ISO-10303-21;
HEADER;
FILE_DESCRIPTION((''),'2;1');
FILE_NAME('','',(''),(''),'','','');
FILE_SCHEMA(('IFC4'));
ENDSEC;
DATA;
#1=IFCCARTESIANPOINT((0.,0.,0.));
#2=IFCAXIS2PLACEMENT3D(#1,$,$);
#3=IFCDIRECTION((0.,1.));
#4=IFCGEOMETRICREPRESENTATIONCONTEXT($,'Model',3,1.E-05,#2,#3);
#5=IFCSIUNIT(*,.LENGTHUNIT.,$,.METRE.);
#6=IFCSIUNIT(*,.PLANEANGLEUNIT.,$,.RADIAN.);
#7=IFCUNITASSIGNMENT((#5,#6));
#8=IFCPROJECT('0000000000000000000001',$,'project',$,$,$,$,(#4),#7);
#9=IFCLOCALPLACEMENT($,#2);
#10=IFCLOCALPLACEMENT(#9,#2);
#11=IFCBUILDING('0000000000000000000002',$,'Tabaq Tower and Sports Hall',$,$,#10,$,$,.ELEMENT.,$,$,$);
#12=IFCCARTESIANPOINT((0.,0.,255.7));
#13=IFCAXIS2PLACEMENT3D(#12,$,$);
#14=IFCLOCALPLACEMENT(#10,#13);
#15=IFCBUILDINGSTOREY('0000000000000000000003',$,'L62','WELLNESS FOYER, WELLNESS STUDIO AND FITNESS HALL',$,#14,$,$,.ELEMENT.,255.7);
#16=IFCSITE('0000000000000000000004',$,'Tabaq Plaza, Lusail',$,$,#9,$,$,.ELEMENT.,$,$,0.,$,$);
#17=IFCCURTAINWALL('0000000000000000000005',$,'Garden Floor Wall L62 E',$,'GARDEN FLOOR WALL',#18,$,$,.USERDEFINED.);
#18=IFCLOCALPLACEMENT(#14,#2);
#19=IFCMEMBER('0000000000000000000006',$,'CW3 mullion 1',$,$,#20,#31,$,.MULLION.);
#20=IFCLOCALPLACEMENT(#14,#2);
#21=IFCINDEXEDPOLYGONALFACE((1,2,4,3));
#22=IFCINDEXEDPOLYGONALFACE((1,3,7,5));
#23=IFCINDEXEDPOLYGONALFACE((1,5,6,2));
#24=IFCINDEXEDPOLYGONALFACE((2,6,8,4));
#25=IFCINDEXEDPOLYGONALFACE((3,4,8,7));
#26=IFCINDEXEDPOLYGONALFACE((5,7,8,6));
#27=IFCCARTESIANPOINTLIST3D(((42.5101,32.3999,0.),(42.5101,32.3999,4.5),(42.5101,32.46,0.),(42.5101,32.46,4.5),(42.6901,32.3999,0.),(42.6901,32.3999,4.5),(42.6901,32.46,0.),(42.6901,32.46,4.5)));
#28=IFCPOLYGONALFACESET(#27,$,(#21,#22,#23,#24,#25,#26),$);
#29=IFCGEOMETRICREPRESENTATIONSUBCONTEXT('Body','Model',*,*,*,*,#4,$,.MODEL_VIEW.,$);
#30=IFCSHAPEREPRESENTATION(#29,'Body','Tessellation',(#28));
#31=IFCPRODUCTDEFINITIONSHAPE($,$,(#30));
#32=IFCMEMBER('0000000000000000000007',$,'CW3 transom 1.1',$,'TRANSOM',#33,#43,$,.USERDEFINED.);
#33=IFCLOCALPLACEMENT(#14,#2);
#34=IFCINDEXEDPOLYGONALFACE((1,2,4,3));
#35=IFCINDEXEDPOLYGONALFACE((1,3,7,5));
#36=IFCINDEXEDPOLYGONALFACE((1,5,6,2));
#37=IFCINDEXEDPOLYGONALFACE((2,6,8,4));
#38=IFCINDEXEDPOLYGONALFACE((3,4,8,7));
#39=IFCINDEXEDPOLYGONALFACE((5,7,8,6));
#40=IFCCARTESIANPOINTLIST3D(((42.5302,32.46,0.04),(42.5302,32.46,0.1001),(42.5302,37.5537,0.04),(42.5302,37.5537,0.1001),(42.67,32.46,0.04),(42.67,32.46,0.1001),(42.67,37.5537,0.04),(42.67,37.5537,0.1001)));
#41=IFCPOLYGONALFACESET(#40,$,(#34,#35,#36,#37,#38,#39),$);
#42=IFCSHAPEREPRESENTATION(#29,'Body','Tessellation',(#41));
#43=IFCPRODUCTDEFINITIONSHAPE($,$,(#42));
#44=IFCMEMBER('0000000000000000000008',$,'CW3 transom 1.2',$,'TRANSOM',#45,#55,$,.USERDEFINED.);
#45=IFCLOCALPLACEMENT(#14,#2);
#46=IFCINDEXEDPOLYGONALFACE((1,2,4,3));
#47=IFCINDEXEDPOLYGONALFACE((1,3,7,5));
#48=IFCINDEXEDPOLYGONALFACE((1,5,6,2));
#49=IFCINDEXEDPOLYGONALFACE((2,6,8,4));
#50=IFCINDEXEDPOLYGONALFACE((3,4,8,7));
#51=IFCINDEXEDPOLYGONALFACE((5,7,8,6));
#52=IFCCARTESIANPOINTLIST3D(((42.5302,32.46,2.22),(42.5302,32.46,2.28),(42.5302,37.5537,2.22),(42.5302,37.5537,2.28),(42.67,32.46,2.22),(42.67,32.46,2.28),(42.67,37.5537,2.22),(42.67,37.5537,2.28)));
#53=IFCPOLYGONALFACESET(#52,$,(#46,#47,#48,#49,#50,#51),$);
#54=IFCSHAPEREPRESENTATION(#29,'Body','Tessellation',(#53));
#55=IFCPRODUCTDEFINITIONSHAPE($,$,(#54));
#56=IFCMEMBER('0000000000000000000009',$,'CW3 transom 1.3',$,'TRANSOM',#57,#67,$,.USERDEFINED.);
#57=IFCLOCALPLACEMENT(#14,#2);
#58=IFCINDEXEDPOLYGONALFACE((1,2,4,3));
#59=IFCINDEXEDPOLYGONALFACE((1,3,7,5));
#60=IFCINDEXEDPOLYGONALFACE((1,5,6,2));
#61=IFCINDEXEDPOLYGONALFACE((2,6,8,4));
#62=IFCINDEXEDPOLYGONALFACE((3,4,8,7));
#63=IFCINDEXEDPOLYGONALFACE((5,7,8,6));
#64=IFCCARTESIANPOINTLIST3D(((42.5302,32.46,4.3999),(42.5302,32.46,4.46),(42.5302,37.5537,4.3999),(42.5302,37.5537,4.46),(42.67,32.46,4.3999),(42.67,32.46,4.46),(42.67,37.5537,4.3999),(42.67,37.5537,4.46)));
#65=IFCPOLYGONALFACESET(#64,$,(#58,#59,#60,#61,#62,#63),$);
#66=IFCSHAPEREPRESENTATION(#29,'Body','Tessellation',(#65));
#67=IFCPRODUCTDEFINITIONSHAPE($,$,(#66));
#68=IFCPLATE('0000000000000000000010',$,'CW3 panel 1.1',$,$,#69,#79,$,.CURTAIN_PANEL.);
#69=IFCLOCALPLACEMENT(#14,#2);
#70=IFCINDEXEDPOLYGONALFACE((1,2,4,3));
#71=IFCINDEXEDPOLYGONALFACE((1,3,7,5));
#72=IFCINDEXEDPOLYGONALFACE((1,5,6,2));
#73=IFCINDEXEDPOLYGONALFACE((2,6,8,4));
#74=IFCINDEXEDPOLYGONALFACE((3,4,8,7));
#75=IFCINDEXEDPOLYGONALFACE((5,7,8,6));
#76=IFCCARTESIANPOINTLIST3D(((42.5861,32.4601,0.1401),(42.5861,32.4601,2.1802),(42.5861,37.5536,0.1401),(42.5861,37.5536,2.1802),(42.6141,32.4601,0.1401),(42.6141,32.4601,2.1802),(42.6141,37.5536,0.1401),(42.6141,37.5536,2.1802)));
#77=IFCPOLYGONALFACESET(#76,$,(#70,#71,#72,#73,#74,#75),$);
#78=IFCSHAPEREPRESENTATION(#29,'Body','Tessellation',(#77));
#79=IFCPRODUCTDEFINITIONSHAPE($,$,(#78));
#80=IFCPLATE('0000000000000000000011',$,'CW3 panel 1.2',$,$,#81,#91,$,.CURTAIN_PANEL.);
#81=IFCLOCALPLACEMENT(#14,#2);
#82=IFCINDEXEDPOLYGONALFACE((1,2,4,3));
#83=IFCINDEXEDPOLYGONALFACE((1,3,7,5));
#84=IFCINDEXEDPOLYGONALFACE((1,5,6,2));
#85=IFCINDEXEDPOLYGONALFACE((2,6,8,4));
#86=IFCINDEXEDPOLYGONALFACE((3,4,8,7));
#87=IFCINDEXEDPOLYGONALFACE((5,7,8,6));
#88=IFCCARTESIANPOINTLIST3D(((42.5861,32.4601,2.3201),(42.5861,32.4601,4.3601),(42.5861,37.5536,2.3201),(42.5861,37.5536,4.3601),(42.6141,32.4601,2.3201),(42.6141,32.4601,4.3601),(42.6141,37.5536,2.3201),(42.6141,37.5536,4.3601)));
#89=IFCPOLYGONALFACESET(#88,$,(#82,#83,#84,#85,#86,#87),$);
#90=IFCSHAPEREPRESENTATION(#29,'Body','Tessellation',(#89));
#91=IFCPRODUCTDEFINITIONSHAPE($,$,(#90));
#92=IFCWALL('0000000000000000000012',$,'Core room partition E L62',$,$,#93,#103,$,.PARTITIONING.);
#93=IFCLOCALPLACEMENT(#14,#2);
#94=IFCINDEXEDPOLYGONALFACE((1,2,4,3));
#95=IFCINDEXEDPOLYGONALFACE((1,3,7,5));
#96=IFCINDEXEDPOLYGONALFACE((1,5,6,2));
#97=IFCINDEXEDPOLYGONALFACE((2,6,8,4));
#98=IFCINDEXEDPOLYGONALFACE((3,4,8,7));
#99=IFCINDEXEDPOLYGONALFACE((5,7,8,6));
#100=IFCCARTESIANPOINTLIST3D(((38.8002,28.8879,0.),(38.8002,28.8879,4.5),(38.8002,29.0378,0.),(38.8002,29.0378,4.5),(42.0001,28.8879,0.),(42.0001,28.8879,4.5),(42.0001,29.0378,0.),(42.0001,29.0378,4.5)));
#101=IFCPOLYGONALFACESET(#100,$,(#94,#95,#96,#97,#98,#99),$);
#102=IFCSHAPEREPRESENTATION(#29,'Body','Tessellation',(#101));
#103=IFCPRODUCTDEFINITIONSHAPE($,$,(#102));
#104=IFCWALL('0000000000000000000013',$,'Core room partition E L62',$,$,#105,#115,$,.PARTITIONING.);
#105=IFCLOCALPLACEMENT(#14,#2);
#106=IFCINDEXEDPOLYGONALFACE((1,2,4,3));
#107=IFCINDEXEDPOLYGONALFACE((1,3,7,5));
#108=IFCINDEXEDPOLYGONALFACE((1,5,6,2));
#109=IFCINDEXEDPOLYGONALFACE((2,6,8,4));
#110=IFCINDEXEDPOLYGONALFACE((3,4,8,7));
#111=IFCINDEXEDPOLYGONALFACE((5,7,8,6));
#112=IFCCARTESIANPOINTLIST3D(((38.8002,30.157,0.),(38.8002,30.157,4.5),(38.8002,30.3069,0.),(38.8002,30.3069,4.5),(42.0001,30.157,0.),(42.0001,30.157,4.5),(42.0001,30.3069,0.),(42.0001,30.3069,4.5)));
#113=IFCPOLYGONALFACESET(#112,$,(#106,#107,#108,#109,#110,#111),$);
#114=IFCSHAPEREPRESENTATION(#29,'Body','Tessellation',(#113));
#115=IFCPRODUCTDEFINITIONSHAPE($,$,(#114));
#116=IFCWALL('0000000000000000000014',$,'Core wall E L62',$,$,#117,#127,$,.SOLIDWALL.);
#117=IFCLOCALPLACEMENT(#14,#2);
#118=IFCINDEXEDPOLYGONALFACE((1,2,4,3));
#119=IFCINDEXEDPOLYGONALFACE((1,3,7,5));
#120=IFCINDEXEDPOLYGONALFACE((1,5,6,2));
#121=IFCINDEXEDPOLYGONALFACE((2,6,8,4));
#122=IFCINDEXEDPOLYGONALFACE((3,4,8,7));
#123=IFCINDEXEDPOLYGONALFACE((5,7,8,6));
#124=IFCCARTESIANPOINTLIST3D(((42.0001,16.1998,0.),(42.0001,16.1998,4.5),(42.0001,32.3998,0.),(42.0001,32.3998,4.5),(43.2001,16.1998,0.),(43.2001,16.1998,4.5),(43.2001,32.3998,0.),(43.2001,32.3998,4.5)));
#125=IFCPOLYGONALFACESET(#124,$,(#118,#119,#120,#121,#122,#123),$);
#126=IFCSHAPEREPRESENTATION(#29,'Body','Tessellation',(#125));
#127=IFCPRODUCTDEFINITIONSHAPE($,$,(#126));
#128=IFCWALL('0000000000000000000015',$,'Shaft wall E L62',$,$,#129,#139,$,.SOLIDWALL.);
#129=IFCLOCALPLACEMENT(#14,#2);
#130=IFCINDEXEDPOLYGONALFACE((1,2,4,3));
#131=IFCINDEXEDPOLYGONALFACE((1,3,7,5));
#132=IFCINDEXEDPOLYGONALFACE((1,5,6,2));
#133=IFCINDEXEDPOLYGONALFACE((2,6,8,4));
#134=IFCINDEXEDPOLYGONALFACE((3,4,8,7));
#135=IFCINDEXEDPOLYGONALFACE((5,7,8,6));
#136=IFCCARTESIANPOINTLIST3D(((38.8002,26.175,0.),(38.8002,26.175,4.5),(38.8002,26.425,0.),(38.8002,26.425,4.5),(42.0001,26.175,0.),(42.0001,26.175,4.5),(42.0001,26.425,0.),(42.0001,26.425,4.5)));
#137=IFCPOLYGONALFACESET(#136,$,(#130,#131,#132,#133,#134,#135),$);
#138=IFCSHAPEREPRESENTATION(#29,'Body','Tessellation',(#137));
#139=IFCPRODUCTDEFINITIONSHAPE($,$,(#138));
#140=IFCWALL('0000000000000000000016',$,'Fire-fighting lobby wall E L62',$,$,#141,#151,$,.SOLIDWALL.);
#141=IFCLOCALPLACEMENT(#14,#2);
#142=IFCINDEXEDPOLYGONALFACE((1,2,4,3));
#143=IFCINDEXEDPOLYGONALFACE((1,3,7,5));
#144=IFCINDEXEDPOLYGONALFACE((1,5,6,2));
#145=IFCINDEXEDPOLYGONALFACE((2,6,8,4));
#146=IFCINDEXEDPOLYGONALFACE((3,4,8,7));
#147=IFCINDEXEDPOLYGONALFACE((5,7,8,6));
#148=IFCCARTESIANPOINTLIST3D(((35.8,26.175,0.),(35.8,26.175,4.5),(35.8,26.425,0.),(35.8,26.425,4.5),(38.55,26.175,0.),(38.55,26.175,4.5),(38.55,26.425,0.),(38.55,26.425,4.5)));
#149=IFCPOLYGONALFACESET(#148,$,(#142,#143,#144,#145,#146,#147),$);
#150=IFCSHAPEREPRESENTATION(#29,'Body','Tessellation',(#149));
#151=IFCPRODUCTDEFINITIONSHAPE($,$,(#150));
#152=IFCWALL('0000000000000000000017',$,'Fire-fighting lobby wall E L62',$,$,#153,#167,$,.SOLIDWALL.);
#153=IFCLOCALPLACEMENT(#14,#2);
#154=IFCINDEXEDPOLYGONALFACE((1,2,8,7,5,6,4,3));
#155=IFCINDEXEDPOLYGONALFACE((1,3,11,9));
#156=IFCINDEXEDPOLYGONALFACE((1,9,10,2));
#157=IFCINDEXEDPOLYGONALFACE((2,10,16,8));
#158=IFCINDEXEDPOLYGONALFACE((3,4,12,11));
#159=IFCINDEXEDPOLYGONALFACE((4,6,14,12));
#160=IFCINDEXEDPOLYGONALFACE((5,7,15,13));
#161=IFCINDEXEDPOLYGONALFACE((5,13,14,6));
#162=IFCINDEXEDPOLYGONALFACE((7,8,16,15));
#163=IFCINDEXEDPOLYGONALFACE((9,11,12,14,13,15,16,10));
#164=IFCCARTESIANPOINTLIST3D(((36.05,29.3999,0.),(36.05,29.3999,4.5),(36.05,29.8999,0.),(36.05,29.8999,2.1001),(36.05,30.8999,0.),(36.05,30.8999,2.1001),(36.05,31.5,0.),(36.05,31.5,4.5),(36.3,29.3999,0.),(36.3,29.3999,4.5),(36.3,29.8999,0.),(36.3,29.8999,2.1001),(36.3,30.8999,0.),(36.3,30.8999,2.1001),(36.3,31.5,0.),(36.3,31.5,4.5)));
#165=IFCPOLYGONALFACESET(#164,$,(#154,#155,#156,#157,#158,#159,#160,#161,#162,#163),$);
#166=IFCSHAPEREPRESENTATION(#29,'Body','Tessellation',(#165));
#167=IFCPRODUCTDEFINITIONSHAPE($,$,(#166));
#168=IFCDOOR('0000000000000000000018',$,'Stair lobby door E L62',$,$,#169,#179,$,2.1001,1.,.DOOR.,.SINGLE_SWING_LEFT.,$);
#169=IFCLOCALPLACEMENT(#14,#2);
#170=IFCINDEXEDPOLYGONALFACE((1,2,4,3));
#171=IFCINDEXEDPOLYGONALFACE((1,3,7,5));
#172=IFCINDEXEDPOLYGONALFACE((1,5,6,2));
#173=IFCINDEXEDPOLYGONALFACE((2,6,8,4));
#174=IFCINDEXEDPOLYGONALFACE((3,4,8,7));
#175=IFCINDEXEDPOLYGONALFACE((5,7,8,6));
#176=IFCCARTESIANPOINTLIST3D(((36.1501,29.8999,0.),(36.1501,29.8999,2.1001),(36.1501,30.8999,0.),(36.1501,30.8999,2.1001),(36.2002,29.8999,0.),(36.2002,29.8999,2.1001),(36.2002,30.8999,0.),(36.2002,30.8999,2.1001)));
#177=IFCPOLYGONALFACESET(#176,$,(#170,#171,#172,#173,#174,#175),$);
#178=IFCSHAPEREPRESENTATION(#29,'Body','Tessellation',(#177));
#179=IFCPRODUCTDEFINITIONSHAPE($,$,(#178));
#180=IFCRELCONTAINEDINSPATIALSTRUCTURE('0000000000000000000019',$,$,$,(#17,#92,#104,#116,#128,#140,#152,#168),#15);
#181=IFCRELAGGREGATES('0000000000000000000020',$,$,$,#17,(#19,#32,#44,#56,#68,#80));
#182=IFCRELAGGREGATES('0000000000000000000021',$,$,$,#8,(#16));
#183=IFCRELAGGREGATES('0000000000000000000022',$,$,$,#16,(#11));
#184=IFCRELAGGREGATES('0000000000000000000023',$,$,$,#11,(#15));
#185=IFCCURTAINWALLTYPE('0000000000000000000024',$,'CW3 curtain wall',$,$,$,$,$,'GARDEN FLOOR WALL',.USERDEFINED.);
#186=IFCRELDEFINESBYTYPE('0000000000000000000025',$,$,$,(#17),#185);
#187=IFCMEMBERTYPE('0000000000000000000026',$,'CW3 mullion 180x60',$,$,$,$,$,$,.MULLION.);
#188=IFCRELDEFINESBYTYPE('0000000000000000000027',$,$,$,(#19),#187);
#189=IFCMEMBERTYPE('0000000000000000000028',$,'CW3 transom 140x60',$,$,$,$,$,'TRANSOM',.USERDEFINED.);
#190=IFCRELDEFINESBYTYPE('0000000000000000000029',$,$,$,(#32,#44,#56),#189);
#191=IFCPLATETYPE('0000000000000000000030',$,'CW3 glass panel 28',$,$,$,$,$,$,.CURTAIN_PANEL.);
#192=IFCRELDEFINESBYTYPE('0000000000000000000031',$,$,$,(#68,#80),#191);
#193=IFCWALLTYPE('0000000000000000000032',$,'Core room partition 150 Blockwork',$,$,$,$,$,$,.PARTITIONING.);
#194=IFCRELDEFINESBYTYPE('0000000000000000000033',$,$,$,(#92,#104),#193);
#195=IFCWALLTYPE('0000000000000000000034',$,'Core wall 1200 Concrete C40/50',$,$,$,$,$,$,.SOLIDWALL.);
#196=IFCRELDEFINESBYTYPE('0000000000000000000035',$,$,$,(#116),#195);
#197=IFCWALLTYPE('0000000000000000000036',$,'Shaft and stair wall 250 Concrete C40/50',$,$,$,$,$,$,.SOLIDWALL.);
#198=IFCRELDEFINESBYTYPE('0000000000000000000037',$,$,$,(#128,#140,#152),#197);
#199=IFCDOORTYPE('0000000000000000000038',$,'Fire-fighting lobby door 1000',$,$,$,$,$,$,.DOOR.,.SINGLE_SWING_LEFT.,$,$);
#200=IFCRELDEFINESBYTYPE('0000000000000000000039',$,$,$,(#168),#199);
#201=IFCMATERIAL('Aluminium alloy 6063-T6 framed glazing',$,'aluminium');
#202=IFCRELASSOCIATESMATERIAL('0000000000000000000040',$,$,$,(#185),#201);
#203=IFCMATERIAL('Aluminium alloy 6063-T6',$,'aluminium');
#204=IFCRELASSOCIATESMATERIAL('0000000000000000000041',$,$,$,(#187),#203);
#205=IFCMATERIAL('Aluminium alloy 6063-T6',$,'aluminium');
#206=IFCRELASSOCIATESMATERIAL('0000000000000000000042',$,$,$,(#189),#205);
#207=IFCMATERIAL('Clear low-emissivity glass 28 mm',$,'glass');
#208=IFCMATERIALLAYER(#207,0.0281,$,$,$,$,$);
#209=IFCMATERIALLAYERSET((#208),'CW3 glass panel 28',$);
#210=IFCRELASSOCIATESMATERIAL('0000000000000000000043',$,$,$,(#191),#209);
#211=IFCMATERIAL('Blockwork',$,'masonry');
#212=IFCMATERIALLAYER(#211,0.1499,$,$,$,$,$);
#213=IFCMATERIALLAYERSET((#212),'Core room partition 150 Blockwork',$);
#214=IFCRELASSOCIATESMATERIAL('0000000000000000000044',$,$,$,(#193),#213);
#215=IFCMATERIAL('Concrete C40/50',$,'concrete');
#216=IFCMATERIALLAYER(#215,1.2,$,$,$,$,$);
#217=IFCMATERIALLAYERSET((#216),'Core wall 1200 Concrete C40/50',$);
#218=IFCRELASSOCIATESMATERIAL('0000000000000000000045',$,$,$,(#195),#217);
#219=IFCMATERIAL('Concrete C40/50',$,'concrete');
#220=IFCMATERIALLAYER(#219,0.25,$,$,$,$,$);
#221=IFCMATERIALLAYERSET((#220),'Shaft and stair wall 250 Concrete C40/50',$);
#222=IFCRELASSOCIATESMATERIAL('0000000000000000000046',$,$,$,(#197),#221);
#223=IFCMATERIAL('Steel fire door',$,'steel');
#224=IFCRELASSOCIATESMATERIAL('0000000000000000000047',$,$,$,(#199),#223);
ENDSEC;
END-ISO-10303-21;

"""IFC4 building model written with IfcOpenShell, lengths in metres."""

from ifc_helpers import new_model, si_unit, direction, frame, frame_2d, origin, origin_2d, place, context, subcontext, project, spatial, rectangle, extrude, material, layer, layer_set, material_profile, profile_set, type_object, element, fill, aggregate, save


model = new_model("IFC4")

# Units and contexts
model_context = context("Model", 3, precision=1e-05, world=origin(), true_north=direction((0.0, 1.0)))
body_context = subcontext(model_context, "Body", "Model", "MODEL_VIEW")
ifc_project = project(units=[si_unit("LENGTHUNIT", "METRE"), si_unit("PLANEANGLEUNIT", "RADIAN")], contexts=[model_context])

# Site, building, storey
site_placement = place(None, origin())
site = spatial("IfcSite", under=ifc_project, at=site_placement, Name="Tabaq Plaza, Lusail", CompositionType="ELEMENT", RefElevation=0.0)
building_placement = place(site_placement, origin())
building = spatial("IfcBuilding", under=site, at=building_placement, Name="Tabaq Tower and Sports Hall", CompositionType="ELEMENT")
storey_placement = place(building_placement, frame((0.0, 0.0, 255.7)))
storey = spatial("IfcBuildingStorey", under=building, at=storey_placement, Name="L62", Description="WELLNESS FOYER, WELLNESS STUDIO AND FITNESS HALL", CompositionType="ELEMENT", Elevation=255.7)

# Curtain wall, members, plates
ifc_material_1 = material(Name="Aluminium alloy 6063-T6 framed glazing", Category="aluminium")
curtain_wall_type = type_object("IfcCurtainWallType", Name="CW3 curtain wall", ElementType="GARDEN FLOOR WALL", PredefinedType="USERDEFINED", material=ifc_material_1)
curtain_wall_placement = place(storey_placement, origin())
curtain_wall = element("IfcCurtainWall", 1, at=curtain_wall_placement, inside=storey, type_object=curtain_wall_type, Name="Garden Floor Wall L62 E", ObjectType="GARDEN FLOOR WALL", PredefinedType="USERDEFINED")
ifc_material_2 = material(Name="Aluminium alloy 6063-T6", Category="aluminium")
ifc_material_profile_1 = material_profile(ifc_material_2, rectangle(XDim=0.1799, YDim=0.0601, at=origin_2d()), Name="MULLION 180x60")
ifc_profile_set_1 = profile_set([ifc_material_profile_1], Name="Aluminium alloy 6063-T6")
member_type_1 = type_object("IfcMemberType", Name="CW3 mullion 180x60", PredefinedType="MULLION", material=ifc_profile_set_1)
member_1_placement = place(storey_placement, frame((42.6001, 32.4299, 0.0), z_axis=(0.0, 0.0, 1.0), x_axis=(-1.0, 0.0, 0.0)))
member_1 = element("IfcMember", 2, at=member_1_placement, type_object=member_type_1, Name="CW3 mullion 1", PredefinedType="MULLION", context=body_context, shape_type="SweptSolid", body=[
    extrude(rectangle(XDim=0.1799, YDim=0.0601, at=origin_2d()), origin(), (0.0, 0.0, 1.0), 4.5),
])
ifc_material_3 = material(Name="Aluminium alloy 6063-T6", Category="aluminium")
ifc_material_profile_2 = material_profile(ifc_material_3, rectangle(XDim=0.1399, YDim=0.0601, at=origin_2d()), Name="TRANSOM 140x60")
ifc_profile_set_2 = profile_set([ifc_material_profile_2], Name="Aluminium alloy 6063-T6")
member_type_2 = type_object("IfcMemberType", Name="CW3 transom 140x60", ElementType="TRANSOM", PredefinedType="USERDEFINED", material=ifc_profile_set_2)
member_2_placement = place(storey_placement, frame((42.6001, 32.46, 0.0701), z_axis=(0.0, 1.0, 0.0), x_axis=(-1.0, 0.0, 0.0)))
member_2 = element("IfcMember", 3, at=member_2_placement, type_object=member_type_2, Name="CW3 transom 1.1", ObjectType="TRANSOM", PredefinedType="USERDEFINED", context=body_context, shape_type="SweptSolid", body=[
    extrude(rectangle(XDim=0.1399, YDim=0.0601, at=origin_2d()), origin(), (0.0, 0.0, 1.0), 5.0938),
])
member_3_placement = place(storey_placement, frame((42.6001, 32.46, 2.25), z_axis=(0.0, 1.0, 0.0), x_axis=(-1.0, 0.0, 0.0)))
member_3 = element("IfcMember", 4, at=member_3_placement, type_object=member_type_2, Name="CW3 transom 1.2", ObjectType="TRANSOM", PredefinedType="USERDEFINED", context=body_context, shape_type="SweptSolid", body=[
    extrude(rectangle(XDim=0.1399, YDim=0.0601, at=origin_2d()), origin(), (0.0, 0.0, 1.0), 5.0938),
])
member_4_placement = place(storey_placement, frame((42.6001, 32.46, 4.4299), z_axis=(0.0, 1.0, 0.0), x_axis=(-1.0, 0.0, 0.0)))
member_4 = element("IfcMember", 5, at=member_4_placement, type_object=member_type_2, Name="CW3 transom 1.3", ObjectType="TRANSOM", PredefinedType="USERDEFINED", context=body_context, shape_type="SweptSolid", body=[
    extrude(rectangle(XDim=0.1399, YDim=0.0601, at=origin_2d()), origin(), (0.0, 0.0, 1.0), 5.0938),
])
ifc_material_4 = material(Name="Clear low-emissivity glass 28 mm", Category="glass")
ifc_layer_1 = layer(ifc_material_4, 0.0281)
ifc_layer_set_1 = layer_set([ifc_layer_1], Name="CW3 glass panel 28")
plate_type = type_object("IfcPlateType", Name="CW3 glass panel 28", PredefinedType="CURTAIN_PANEL", material=ifc_layer_set_1)
plate_1_placement = place(storey_placement, frame((42.6001, 35.0068, 0.1401), z_axis=(0.0, 0.0, 1.0), x_axis=(0.0, 1.0, 0.0)))
plate_1 = element("IfcPlate", 6, at=plate_1_placement, type_object=plate_type, Name="CW3 panel 1.1", PredefinedType="CURTAIN_PANEL", context=body_context, shape_type="SweptSolid", body=[
    extrude(rectangle(XDim=5.0935, YDim=0.0281, at=origin_2d()), origin(), (0.0, 0.0, 1.0), 2.04),
])
plate_2_placement = place(storey_placement, frame((42.6001, 35.0068, 2.3201), z_axis=(0.0, 0.0, 1.0), x_axis=(0.0, 1.0, 0.0)))
plate_2 = element("IfcPlate", 7, at=plate_2_placement, type_object=plate_type, Name="CW3 panel 1.2", PredefinedType="CURTAIN_PANEL", context=body_context, shape_type="SweptSolid", body=[
    extrude(rectangle(XDim=5.0935, YDim=0.0281, at=origin_2d()), origin(), (0.0, 0.0, 1.0), 2.04),
])
aggregate(curtain_wall, [member_1, member_2, member_3, member_4, plate_1, plate_2])

# Walls
ifc_material_5 = material(Name="Blockwork", Category="masonry")
ifc_layer_2 = layer(ifc_material_5, 0.1499)
ifc_layer_set_2 = layer_set([ifc_layer_2], Name="Core room partition 150 Blockwork")
wall_type_1 = type_object("IfcWallType", Name="Core room partition 150 Blockwork", PredefinedType="PARTITIONING", material=ifc_layer_set_2)
for number, where, z_axis, x_axis, name in (
    (8, (38.8, 28.9629, 0.0), (0.0, 0.0, 1.0), (1.0, 0.0, 0.0), "Core room partition E L62"),
    (9, (38.8, 30.2319, 0.0), (0.0, 0.0, 1.0), (1.0, 0.0, 0.0), "Core room partition E L62"),
):
    element("IfcWall", number, at=place(storey_placement, frame(where, z_axis=z_axis, x_axis=x_axis)), inside=storey, type_object=wall_type_1, Name=name, PredefinedType="PARTITIONING", context=body_context, shape_type="SweptSolid", body=[
        extrude(rectangle(XDim=3.2, YDim=0.1499, at=frame_2d((1.6001, 0.0))), origin(), (0.0, 0.0, 1.0), 4.5),
    ])
ifc_material_6 = material(Name="Concrete C40/50", Category="concrete")
ifc_layer_3 = layer(ifc_material_6, 1.2)
ifc_layer_set_3 = layer_set([ifc_layer_3], Name="Core wall 1200 Concrete C40/50")
wall_type_2 = type_object("IfcWallType", Name="Core wall 1200 Concrete C40/50", PredefinedType="SOLIDWALL", material=ifc_layer_set_3)
wall_1_placement = place(storey_placement, frame((42.6001, 32.3999, 0.0), z_axis=(0.0, 0.0, 1.0), x_axis=(0.0, -1.0, 0.0)))
element("IfcWall", 10, at=wall_1_placement, inside=storey, type_object=wall_type_2, Name="Core wall E L62", PredefinedType="SOLIDWALL", context=body_context, shape_type="SweptSolid", body=[
    extrude(rectangle(XDim=16.2, YDim=1.2, at=frame_2d((8.1001, 0.0))), origin(), (0.0, 0.0, 1.0), 4.5),
])
ifc_material_7 = material(Name="Concrete C40/50", Category="concrete")
ifc_layer_4 = layer(ifc_material_7, 0.25)
ifc_layer_set_4 = layer_set([ifc_layer_4], Name="Shaft and stair wall 250 Concrete C40/50")
wall_type_3 = type_object("IfcWallType", Name="Shaft and stair wall 250 Concrete C40/50", PredefinedType="SOLIDWALL", material=ifc_layer_set_4)
wall_2_placement = place(storey_placement, frame((38.8, 26.3, 0.0), z_axis=(0.0, 0.0, 1.0), x_axis=(1.0, 0.0, 0.0)))
element("IfcWall", 11, at=wall_2_placement, inside=storey, type_object=wall_type_3, Name="Shaft wall E L62", PredefinedType="SOLIDWALL", context=body_context, shape_type="SweptSolid", body=[
    extrude(rectangle(XDim=3.2, YDim=0.25, at=frame_2d((1.6001, 0.0))), origin(), (0.0, 0.0, 1.0), 4.5),
])
wall_3_placement = place(storey_placement, frame((35.8, 26.3, 0.0), z_axis=(0.0, 0.0, 1.0), x_axis=(1.0, 0.0, 0.0)))
element("IfcWall", 12, at=wall_3_placement, inside=storey, type_object=wall_type_3, Name="Fire-fighting lobby wall E L62", PredefinedType="SOLIDWALL", context=body_context, shape_type="SweptSolid", body=[
    extrude(rectangle(XDim=2.75, YDim=0.25, at=frame_2d((1.375, 0.0))), origin(), (0.0, 0.0, 1.0), 4.5),
])

# Wall, opening, door
wall_4_placement = place(storey_placement, frame((36.175, 29.3999, 0.0), z_axis=(0.0, 0.0, 1.0), x_axis=(0.0, 1.0, 0.0)))
wall_4 = element("IfcWall", 13, at=wall_4_placement, inside=storey, type_object=wall_type_3, Name="Fire-fighting lobby wall E L62", PredefinedType="SOLIDWALL", context=body_context, shape_type="SweptSolid", body=[
    extrude(rectangle(XDim=2.1001, YDim=0.25, at=frame_2d((1.05, 0.0))), origin(), (0.0, 0.0, 1.0), 4.5),
])
opening_placement = place(wall_4_placement, frame((0.5, 0.0, 0.0)))
opening = element("IfcOpeningElement", 14, at=opening_placement, cuts=wall_4, PredefinedType="OPENING", context=body_context, shape_type="SweptSolid", body=[
    extrude(rectangle(XDim=1.0, YDim=2.1001, at=frame_2d((0.5, 1.05))), frame((0.0, 0.125, 0.0), z_axis=(0.0, -1.0, 0.0), x_axis=(1.0, 0.0, 0.0)), (0.0, 0.0, 1.0), 0.25),
])
ifc_material_8 = material(Name="Steel fire door", Category="steel")
door_type = type_object("IfcDoorType", Name="Fire-fighting lobby door 1000", OperationType="SINGLE_SWING_LEFT", PredefinedType="DOOR", material=ifc_material_8)
door_placement = place(opening_placement, origin())
door = element("IfcDoor", 15, at=door_placement, inside=storey, type_object=door_type, Name="Stair lobby door E L62", OperationType="SINGLE_SWING_LEFT", OverallHeight=2.1001, OverallWidth=1.0, PredefinedType="DOOR", context=body_context, shape_type="SweptSolid", body=[
    extrude(rectangle(XDim=1.0, YDim=2.1001, at=frame_2d((0.5, 1.05))), frame((0.0, 0.0249, 0.0), z_axis=(0.0, -1.0, 0.0), x_axis=(1.0, 0.0, 0.0)), (0.0, 0.0, 1.0), 0.05),
])
fill(opening, door)

save(model, "model.ifc")
